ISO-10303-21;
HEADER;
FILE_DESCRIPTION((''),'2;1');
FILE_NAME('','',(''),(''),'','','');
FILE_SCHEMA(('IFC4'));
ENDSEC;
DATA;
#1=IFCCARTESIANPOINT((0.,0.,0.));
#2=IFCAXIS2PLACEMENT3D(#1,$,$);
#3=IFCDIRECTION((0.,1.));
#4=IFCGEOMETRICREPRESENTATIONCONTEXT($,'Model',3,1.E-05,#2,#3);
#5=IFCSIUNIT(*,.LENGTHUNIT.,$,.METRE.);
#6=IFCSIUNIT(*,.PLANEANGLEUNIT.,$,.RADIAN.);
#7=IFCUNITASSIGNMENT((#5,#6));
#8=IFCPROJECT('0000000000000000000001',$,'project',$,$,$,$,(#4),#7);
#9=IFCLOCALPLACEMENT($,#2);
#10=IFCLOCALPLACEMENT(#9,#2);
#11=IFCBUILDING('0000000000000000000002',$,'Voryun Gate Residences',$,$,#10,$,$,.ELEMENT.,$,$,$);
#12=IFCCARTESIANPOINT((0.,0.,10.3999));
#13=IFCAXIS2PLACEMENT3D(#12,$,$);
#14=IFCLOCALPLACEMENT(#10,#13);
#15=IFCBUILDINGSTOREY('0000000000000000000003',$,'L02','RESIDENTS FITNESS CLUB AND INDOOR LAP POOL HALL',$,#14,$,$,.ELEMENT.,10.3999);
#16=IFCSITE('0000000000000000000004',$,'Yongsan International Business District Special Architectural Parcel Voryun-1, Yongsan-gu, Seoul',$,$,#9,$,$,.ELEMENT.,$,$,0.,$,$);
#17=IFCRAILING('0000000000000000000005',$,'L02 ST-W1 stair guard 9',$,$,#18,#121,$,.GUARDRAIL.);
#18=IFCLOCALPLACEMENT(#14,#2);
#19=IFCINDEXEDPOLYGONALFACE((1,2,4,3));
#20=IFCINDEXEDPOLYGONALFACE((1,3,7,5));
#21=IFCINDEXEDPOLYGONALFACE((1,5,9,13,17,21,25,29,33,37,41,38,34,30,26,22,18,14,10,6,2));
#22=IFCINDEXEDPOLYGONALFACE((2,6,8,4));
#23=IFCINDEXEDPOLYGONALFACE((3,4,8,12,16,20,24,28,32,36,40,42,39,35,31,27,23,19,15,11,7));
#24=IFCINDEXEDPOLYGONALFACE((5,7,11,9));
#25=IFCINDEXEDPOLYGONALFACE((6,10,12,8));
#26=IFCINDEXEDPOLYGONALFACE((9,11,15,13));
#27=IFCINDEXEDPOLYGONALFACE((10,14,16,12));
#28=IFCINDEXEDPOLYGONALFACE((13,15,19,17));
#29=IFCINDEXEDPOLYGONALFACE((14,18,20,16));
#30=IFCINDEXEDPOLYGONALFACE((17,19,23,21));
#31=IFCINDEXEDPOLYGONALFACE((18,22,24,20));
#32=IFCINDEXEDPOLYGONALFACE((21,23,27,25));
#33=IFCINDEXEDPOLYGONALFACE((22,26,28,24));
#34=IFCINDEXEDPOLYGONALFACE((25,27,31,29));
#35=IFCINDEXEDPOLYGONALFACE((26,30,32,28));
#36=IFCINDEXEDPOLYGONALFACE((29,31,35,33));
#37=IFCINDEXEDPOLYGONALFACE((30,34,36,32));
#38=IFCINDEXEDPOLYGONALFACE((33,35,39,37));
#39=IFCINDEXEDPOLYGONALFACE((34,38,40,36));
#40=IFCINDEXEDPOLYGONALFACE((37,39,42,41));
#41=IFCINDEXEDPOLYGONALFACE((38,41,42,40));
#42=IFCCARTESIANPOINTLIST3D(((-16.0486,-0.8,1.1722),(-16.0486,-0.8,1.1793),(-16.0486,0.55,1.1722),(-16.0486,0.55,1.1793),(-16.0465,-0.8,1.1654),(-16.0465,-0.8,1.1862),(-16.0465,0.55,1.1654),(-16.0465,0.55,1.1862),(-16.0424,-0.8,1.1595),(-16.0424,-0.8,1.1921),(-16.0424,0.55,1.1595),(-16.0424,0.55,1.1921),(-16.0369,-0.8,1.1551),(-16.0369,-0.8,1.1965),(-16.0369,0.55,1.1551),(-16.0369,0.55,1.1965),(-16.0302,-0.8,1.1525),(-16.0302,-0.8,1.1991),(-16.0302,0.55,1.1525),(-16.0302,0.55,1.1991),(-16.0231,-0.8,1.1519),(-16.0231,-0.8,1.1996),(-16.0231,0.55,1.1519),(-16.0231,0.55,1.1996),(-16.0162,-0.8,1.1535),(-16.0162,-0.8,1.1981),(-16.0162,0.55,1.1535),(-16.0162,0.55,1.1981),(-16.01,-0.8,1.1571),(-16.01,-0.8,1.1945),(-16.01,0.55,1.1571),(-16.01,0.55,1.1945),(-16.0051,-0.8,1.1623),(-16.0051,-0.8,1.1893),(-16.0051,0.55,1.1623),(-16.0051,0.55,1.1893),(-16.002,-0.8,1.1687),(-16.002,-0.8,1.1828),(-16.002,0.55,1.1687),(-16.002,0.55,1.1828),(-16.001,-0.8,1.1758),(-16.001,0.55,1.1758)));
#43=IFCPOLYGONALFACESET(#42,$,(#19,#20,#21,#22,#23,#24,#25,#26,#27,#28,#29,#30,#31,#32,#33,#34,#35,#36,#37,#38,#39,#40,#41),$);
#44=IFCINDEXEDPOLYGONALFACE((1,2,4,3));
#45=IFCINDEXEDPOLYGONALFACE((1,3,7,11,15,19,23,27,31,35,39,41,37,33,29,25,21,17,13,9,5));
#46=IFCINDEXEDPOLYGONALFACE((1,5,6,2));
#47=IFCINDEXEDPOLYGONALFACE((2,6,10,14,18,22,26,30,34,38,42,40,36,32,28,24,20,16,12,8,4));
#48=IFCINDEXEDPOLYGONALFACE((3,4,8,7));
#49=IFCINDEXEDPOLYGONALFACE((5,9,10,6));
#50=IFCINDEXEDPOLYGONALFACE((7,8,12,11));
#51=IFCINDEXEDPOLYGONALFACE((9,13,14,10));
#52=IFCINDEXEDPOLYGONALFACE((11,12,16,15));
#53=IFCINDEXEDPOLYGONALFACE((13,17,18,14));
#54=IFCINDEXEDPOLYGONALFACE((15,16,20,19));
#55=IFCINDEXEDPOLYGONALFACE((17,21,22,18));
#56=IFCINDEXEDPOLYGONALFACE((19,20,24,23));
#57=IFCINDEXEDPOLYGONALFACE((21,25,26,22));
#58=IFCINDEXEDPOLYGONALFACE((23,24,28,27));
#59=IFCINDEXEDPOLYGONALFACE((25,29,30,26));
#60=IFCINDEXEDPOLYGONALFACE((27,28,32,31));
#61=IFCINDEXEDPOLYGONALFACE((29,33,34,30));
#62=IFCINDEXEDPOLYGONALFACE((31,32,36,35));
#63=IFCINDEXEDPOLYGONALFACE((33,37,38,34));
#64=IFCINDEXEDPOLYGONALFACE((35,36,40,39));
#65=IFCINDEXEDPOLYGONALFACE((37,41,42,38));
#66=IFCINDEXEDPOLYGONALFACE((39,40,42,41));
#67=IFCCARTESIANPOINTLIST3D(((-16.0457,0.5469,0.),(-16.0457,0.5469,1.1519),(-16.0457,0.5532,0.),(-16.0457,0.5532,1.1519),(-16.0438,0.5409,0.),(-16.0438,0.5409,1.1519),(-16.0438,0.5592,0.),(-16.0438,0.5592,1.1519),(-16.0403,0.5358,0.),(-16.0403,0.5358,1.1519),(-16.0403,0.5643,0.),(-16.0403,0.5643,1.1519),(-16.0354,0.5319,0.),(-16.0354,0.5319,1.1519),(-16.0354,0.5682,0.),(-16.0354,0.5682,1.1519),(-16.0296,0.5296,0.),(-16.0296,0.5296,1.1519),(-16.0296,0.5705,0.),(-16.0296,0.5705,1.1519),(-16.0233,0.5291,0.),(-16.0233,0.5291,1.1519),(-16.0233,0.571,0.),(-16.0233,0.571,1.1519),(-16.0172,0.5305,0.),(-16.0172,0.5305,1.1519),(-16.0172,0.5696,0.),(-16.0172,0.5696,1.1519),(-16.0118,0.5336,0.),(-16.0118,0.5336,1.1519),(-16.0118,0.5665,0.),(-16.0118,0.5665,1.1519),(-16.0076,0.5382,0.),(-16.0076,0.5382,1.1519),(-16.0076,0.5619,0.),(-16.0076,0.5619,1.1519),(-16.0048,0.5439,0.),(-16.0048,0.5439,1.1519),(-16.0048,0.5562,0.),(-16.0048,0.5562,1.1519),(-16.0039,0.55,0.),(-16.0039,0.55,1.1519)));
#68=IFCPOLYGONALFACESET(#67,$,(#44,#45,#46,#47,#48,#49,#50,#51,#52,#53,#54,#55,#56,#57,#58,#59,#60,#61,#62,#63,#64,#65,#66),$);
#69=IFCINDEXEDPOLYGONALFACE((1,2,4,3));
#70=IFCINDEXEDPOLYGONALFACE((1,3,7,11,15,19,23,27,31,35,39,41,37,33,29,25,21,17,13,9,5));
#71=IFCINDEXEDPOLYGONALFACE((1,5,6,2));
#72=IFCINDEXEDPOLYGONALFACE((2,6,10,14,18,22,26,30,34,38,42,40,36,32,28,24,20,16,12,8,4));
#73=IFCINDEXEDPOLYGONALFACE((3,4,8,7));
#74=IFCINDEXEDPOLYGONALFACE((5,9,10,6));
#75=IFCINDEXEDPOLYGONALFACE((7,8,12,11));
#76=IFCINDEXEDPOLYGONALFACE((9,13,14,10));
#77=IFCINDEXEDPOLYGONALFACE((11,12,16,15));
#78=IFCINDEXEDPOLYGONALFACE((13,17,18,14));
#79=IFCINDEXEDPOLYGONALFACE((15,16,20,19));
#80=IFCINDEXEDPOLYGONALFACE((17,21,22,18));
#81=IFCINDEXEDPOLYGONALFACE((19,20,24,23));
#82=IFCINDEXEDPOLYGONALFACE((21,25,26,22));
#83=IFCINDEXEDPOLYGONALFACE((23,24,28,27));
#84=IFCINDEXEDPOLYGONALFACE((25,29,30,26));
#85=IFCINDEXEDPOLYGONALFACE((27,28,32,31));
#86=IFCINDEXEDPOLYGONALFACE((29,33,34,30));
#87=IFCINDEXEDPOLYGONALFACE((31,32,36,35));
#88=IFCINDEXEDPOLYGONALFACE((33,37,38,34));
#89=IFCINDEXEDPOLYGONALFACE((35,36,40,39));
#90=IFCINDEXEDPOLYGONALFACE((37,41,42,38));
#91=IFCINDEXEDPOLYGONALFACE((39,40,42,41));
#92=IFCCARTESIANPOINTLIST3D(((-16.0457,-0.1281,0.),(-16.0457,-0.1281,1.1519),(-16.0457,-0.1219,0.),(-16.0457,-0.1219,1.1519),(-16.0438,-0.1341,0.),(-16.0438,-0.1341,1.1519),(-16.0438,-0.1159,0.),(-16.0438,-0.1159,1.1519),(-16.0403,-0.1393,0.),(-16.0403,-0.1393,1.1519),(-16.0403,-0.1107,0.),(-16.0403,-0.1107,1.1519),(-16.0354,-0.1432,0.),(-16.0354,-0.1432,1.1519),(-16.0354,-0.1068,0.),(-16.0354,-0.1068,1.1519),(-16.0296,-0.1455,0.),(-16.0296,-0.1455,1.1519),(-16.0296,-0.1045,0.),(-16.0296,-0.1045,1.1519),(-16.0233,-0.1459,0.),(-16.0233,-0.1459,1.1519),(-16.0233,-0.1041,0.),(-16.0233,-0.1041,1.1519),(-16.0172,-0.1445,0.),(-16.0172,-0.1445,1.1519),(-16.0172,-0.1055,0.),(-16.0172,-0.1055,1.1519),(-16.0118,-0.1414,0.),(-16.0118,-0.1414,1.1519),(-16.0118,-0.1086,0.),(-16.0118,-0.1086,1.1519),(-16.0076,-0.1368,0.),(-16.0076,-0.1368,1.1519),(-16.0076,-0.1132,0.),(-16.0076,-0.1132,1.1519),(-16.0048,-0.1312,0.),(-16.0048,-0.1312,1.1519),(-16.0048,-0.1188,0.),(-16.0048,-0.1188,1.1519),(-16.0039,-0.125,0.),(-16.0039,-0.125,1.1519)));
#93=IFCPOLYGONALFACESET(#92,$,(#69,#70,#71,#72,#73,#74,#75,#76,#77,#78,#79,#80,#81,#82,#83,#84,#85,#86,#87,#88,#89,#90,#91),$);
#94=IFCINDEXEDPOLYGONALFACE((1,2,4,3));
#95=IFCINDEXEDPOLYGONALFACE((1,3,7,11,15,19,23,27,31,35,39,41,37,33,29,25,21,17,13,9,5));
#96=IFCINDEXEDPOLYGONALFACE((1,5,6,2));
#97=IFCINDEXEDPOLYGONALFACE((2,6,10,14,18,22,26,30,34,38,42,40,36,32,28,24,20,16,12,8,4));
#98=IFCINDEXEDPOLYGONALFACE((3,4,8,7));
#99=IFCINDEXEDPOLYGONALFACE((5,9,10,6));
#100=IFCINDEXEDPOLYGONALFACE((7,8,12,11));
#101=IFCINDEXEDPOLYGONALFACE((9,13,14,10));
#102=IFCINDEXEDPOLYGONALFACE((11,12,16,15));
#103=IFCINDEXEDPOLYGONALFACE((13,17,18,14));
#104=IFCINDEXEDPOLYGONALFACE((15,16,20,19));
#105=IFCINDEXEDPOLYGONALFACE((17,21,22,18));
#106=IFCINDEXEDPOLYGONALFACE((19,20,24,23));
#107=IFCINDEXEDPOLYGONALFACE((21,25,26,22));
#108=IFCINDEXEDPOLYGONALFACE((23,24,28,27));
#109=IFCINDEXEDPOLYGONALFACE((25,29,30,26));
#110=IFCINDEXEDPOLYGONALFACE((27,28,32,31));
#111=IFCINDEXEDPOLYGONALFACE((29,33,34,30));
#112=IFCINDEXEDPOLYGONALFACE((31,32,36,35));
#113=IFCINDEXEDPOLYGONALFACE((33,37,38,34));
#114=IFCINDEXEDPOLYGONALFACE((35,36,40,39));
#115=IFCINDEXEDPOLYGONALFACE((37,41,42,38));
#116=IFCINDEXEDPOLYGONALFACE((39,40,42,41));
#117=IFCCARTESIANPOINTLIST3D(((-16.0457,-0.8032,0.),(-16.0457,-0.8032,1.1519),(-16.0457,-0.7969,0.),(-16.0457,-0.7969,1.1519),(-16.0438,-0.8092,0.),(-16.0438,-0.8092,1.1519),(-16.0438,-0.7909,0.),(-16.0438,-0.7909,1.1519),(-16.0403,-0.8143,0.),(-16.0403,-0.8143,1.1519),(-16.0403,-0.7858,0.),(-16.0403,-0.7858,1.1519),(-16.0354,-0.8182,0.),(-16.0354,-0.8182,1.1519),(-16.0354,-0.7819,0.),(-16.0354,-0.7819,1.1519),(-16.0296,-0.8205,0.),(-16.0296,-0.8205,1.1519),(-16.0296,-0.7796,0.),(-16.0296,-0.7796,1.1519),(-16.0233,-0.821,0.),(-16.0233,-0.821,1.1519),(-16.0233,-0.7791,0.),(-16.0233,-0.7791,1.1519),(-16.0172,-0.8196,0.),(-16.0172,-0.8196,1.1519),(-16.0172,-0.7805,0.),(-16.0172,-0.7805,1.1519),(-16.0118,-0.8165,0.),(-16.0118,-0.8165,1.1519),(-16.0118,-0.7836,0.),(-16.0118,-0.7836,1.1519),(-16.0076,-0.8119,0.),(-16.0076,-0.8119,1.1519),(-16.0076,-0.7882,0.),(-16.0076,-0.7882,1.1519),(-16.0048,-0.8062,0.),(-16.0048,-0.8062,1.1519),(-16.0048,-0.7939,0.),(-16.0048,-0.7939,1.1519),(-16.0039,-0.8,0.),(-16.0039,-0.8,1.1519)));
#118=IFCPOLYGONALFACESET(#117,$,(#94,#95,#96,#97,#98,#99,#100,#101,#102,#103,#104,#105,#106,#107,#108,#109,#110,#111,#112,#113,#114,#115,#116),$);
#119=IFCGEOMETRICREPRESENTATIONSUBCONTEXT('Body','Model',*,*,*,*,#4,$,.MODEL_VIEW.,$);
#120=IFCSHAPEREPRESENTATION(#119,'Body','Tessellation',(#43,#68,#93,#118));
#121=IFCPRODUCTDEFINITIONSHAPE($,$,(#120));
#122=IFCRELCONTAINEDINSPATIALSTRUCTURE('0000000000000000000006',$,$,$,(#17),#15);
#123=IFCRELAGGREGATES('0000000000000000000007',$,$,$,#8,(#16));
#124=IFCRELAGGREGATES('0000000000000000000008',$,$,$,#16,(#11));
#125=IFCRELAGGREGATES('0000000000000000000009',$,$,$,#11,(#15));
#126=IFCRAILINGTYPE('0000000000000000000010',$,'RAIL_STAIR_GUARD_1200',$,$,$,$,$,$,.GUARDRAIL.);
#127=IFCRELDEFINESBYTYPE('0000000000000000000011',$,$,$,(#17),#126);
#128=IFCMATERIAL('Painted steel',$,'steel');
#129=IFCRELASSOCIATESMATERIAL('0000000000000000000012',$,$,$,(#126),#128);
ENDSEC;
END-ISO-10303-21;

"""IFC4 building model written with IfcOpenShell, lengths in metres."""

from ifc_helpers import new_model, si_unit, direction, frame, origin, origin_2d, place, context, subcontext, project, spatial, circle, extrude, material, type_object, element, save


model = new_model("IFC4")

# Units and contexts
model_context = context("Model", 3, precision=1e-05, world=origin(), true_north=direction((0.0, 1.0)))
body_context = subcontext(model_context, "Body", "Model", "MODEL_VIEW")
ifc_project = project(units=[si_unit("LENGTHUNIT", "METRE"), si_unit("PLANEANGLEUNIT", "RADIAN")], contexts=[model_context])

# Site, building, storey
site_placement = place(None, origin())
site = spatial("IfcSite", under=ifc_project, at=site_placement, Name="Yongsan International Business District Special Architectural Parcel Voryun-1, Yongsan-gu, Seoul", CompositionType="ELEMENT", RefElevation=0.0)
building_placement = place(site_placement, origin())
building = spatial("IfcBuilding", under=site, at=building_placement, Name="Voryun Gate Residences", CompositionType="ELEMENT")
storey_placement = place(building_placement, frame((0.0, 0.0, 10.3999)))
storey = spatial("IfcBuildingStorey", under=building, at=storey_placement, Name="L02", Description="RESIDENTS FITNESS CLUB AND INDOOR LAP POOL HALL", CompositionType="ELEMENT", Elevation=10.3999)

# Railing
ifc_material_1 = material(Name="Painted steel", Category="steel")
railing_type = type_object("IfcRailingType", Name="RAIL_STAIR_GUARD_1200", PredefinedType="GUARDRAIL", material=ifc_material_1)
railing_placement = place(storey_placement, frame((-16.0249, 0.55, 0.0)))
element("IfcRailing", 1, at=railing_placement, inside=storey, type_object=railing_type, Name="L02 ST-W1 stair guard 9", PredefinedType="GUARDRAIL", context=body_context, shape_type="SweptSolid", body=[
    extrude(circle(Radius=0.0239, at=origin_2d()), frame((0.0, 0.0, 1.1758), z_axis=(0.0, -1.0, 0.0), x_axis=(1.0, 0.0, 0.0)), (0.0, 0.0, 1.0), 1.3501),
    extrude(circle(Radius=0.021, at=origin_2d()), origin(), (0.0, 0.0, 1.0), 1.1519),
    extrude(circle(Radius=0.021, at=origin_2d()), frame((0.0, -0.675, 0.0)), (0.0, 0.0, 1.0), 1.1519),
    extrude(circle(Radius=0.021, at=origin_2d()), frame((0.0, -1.3501, 0.0)), (0.0, 0.0, 1.0), 1.1519),
])

save(model, "model.ifc")
